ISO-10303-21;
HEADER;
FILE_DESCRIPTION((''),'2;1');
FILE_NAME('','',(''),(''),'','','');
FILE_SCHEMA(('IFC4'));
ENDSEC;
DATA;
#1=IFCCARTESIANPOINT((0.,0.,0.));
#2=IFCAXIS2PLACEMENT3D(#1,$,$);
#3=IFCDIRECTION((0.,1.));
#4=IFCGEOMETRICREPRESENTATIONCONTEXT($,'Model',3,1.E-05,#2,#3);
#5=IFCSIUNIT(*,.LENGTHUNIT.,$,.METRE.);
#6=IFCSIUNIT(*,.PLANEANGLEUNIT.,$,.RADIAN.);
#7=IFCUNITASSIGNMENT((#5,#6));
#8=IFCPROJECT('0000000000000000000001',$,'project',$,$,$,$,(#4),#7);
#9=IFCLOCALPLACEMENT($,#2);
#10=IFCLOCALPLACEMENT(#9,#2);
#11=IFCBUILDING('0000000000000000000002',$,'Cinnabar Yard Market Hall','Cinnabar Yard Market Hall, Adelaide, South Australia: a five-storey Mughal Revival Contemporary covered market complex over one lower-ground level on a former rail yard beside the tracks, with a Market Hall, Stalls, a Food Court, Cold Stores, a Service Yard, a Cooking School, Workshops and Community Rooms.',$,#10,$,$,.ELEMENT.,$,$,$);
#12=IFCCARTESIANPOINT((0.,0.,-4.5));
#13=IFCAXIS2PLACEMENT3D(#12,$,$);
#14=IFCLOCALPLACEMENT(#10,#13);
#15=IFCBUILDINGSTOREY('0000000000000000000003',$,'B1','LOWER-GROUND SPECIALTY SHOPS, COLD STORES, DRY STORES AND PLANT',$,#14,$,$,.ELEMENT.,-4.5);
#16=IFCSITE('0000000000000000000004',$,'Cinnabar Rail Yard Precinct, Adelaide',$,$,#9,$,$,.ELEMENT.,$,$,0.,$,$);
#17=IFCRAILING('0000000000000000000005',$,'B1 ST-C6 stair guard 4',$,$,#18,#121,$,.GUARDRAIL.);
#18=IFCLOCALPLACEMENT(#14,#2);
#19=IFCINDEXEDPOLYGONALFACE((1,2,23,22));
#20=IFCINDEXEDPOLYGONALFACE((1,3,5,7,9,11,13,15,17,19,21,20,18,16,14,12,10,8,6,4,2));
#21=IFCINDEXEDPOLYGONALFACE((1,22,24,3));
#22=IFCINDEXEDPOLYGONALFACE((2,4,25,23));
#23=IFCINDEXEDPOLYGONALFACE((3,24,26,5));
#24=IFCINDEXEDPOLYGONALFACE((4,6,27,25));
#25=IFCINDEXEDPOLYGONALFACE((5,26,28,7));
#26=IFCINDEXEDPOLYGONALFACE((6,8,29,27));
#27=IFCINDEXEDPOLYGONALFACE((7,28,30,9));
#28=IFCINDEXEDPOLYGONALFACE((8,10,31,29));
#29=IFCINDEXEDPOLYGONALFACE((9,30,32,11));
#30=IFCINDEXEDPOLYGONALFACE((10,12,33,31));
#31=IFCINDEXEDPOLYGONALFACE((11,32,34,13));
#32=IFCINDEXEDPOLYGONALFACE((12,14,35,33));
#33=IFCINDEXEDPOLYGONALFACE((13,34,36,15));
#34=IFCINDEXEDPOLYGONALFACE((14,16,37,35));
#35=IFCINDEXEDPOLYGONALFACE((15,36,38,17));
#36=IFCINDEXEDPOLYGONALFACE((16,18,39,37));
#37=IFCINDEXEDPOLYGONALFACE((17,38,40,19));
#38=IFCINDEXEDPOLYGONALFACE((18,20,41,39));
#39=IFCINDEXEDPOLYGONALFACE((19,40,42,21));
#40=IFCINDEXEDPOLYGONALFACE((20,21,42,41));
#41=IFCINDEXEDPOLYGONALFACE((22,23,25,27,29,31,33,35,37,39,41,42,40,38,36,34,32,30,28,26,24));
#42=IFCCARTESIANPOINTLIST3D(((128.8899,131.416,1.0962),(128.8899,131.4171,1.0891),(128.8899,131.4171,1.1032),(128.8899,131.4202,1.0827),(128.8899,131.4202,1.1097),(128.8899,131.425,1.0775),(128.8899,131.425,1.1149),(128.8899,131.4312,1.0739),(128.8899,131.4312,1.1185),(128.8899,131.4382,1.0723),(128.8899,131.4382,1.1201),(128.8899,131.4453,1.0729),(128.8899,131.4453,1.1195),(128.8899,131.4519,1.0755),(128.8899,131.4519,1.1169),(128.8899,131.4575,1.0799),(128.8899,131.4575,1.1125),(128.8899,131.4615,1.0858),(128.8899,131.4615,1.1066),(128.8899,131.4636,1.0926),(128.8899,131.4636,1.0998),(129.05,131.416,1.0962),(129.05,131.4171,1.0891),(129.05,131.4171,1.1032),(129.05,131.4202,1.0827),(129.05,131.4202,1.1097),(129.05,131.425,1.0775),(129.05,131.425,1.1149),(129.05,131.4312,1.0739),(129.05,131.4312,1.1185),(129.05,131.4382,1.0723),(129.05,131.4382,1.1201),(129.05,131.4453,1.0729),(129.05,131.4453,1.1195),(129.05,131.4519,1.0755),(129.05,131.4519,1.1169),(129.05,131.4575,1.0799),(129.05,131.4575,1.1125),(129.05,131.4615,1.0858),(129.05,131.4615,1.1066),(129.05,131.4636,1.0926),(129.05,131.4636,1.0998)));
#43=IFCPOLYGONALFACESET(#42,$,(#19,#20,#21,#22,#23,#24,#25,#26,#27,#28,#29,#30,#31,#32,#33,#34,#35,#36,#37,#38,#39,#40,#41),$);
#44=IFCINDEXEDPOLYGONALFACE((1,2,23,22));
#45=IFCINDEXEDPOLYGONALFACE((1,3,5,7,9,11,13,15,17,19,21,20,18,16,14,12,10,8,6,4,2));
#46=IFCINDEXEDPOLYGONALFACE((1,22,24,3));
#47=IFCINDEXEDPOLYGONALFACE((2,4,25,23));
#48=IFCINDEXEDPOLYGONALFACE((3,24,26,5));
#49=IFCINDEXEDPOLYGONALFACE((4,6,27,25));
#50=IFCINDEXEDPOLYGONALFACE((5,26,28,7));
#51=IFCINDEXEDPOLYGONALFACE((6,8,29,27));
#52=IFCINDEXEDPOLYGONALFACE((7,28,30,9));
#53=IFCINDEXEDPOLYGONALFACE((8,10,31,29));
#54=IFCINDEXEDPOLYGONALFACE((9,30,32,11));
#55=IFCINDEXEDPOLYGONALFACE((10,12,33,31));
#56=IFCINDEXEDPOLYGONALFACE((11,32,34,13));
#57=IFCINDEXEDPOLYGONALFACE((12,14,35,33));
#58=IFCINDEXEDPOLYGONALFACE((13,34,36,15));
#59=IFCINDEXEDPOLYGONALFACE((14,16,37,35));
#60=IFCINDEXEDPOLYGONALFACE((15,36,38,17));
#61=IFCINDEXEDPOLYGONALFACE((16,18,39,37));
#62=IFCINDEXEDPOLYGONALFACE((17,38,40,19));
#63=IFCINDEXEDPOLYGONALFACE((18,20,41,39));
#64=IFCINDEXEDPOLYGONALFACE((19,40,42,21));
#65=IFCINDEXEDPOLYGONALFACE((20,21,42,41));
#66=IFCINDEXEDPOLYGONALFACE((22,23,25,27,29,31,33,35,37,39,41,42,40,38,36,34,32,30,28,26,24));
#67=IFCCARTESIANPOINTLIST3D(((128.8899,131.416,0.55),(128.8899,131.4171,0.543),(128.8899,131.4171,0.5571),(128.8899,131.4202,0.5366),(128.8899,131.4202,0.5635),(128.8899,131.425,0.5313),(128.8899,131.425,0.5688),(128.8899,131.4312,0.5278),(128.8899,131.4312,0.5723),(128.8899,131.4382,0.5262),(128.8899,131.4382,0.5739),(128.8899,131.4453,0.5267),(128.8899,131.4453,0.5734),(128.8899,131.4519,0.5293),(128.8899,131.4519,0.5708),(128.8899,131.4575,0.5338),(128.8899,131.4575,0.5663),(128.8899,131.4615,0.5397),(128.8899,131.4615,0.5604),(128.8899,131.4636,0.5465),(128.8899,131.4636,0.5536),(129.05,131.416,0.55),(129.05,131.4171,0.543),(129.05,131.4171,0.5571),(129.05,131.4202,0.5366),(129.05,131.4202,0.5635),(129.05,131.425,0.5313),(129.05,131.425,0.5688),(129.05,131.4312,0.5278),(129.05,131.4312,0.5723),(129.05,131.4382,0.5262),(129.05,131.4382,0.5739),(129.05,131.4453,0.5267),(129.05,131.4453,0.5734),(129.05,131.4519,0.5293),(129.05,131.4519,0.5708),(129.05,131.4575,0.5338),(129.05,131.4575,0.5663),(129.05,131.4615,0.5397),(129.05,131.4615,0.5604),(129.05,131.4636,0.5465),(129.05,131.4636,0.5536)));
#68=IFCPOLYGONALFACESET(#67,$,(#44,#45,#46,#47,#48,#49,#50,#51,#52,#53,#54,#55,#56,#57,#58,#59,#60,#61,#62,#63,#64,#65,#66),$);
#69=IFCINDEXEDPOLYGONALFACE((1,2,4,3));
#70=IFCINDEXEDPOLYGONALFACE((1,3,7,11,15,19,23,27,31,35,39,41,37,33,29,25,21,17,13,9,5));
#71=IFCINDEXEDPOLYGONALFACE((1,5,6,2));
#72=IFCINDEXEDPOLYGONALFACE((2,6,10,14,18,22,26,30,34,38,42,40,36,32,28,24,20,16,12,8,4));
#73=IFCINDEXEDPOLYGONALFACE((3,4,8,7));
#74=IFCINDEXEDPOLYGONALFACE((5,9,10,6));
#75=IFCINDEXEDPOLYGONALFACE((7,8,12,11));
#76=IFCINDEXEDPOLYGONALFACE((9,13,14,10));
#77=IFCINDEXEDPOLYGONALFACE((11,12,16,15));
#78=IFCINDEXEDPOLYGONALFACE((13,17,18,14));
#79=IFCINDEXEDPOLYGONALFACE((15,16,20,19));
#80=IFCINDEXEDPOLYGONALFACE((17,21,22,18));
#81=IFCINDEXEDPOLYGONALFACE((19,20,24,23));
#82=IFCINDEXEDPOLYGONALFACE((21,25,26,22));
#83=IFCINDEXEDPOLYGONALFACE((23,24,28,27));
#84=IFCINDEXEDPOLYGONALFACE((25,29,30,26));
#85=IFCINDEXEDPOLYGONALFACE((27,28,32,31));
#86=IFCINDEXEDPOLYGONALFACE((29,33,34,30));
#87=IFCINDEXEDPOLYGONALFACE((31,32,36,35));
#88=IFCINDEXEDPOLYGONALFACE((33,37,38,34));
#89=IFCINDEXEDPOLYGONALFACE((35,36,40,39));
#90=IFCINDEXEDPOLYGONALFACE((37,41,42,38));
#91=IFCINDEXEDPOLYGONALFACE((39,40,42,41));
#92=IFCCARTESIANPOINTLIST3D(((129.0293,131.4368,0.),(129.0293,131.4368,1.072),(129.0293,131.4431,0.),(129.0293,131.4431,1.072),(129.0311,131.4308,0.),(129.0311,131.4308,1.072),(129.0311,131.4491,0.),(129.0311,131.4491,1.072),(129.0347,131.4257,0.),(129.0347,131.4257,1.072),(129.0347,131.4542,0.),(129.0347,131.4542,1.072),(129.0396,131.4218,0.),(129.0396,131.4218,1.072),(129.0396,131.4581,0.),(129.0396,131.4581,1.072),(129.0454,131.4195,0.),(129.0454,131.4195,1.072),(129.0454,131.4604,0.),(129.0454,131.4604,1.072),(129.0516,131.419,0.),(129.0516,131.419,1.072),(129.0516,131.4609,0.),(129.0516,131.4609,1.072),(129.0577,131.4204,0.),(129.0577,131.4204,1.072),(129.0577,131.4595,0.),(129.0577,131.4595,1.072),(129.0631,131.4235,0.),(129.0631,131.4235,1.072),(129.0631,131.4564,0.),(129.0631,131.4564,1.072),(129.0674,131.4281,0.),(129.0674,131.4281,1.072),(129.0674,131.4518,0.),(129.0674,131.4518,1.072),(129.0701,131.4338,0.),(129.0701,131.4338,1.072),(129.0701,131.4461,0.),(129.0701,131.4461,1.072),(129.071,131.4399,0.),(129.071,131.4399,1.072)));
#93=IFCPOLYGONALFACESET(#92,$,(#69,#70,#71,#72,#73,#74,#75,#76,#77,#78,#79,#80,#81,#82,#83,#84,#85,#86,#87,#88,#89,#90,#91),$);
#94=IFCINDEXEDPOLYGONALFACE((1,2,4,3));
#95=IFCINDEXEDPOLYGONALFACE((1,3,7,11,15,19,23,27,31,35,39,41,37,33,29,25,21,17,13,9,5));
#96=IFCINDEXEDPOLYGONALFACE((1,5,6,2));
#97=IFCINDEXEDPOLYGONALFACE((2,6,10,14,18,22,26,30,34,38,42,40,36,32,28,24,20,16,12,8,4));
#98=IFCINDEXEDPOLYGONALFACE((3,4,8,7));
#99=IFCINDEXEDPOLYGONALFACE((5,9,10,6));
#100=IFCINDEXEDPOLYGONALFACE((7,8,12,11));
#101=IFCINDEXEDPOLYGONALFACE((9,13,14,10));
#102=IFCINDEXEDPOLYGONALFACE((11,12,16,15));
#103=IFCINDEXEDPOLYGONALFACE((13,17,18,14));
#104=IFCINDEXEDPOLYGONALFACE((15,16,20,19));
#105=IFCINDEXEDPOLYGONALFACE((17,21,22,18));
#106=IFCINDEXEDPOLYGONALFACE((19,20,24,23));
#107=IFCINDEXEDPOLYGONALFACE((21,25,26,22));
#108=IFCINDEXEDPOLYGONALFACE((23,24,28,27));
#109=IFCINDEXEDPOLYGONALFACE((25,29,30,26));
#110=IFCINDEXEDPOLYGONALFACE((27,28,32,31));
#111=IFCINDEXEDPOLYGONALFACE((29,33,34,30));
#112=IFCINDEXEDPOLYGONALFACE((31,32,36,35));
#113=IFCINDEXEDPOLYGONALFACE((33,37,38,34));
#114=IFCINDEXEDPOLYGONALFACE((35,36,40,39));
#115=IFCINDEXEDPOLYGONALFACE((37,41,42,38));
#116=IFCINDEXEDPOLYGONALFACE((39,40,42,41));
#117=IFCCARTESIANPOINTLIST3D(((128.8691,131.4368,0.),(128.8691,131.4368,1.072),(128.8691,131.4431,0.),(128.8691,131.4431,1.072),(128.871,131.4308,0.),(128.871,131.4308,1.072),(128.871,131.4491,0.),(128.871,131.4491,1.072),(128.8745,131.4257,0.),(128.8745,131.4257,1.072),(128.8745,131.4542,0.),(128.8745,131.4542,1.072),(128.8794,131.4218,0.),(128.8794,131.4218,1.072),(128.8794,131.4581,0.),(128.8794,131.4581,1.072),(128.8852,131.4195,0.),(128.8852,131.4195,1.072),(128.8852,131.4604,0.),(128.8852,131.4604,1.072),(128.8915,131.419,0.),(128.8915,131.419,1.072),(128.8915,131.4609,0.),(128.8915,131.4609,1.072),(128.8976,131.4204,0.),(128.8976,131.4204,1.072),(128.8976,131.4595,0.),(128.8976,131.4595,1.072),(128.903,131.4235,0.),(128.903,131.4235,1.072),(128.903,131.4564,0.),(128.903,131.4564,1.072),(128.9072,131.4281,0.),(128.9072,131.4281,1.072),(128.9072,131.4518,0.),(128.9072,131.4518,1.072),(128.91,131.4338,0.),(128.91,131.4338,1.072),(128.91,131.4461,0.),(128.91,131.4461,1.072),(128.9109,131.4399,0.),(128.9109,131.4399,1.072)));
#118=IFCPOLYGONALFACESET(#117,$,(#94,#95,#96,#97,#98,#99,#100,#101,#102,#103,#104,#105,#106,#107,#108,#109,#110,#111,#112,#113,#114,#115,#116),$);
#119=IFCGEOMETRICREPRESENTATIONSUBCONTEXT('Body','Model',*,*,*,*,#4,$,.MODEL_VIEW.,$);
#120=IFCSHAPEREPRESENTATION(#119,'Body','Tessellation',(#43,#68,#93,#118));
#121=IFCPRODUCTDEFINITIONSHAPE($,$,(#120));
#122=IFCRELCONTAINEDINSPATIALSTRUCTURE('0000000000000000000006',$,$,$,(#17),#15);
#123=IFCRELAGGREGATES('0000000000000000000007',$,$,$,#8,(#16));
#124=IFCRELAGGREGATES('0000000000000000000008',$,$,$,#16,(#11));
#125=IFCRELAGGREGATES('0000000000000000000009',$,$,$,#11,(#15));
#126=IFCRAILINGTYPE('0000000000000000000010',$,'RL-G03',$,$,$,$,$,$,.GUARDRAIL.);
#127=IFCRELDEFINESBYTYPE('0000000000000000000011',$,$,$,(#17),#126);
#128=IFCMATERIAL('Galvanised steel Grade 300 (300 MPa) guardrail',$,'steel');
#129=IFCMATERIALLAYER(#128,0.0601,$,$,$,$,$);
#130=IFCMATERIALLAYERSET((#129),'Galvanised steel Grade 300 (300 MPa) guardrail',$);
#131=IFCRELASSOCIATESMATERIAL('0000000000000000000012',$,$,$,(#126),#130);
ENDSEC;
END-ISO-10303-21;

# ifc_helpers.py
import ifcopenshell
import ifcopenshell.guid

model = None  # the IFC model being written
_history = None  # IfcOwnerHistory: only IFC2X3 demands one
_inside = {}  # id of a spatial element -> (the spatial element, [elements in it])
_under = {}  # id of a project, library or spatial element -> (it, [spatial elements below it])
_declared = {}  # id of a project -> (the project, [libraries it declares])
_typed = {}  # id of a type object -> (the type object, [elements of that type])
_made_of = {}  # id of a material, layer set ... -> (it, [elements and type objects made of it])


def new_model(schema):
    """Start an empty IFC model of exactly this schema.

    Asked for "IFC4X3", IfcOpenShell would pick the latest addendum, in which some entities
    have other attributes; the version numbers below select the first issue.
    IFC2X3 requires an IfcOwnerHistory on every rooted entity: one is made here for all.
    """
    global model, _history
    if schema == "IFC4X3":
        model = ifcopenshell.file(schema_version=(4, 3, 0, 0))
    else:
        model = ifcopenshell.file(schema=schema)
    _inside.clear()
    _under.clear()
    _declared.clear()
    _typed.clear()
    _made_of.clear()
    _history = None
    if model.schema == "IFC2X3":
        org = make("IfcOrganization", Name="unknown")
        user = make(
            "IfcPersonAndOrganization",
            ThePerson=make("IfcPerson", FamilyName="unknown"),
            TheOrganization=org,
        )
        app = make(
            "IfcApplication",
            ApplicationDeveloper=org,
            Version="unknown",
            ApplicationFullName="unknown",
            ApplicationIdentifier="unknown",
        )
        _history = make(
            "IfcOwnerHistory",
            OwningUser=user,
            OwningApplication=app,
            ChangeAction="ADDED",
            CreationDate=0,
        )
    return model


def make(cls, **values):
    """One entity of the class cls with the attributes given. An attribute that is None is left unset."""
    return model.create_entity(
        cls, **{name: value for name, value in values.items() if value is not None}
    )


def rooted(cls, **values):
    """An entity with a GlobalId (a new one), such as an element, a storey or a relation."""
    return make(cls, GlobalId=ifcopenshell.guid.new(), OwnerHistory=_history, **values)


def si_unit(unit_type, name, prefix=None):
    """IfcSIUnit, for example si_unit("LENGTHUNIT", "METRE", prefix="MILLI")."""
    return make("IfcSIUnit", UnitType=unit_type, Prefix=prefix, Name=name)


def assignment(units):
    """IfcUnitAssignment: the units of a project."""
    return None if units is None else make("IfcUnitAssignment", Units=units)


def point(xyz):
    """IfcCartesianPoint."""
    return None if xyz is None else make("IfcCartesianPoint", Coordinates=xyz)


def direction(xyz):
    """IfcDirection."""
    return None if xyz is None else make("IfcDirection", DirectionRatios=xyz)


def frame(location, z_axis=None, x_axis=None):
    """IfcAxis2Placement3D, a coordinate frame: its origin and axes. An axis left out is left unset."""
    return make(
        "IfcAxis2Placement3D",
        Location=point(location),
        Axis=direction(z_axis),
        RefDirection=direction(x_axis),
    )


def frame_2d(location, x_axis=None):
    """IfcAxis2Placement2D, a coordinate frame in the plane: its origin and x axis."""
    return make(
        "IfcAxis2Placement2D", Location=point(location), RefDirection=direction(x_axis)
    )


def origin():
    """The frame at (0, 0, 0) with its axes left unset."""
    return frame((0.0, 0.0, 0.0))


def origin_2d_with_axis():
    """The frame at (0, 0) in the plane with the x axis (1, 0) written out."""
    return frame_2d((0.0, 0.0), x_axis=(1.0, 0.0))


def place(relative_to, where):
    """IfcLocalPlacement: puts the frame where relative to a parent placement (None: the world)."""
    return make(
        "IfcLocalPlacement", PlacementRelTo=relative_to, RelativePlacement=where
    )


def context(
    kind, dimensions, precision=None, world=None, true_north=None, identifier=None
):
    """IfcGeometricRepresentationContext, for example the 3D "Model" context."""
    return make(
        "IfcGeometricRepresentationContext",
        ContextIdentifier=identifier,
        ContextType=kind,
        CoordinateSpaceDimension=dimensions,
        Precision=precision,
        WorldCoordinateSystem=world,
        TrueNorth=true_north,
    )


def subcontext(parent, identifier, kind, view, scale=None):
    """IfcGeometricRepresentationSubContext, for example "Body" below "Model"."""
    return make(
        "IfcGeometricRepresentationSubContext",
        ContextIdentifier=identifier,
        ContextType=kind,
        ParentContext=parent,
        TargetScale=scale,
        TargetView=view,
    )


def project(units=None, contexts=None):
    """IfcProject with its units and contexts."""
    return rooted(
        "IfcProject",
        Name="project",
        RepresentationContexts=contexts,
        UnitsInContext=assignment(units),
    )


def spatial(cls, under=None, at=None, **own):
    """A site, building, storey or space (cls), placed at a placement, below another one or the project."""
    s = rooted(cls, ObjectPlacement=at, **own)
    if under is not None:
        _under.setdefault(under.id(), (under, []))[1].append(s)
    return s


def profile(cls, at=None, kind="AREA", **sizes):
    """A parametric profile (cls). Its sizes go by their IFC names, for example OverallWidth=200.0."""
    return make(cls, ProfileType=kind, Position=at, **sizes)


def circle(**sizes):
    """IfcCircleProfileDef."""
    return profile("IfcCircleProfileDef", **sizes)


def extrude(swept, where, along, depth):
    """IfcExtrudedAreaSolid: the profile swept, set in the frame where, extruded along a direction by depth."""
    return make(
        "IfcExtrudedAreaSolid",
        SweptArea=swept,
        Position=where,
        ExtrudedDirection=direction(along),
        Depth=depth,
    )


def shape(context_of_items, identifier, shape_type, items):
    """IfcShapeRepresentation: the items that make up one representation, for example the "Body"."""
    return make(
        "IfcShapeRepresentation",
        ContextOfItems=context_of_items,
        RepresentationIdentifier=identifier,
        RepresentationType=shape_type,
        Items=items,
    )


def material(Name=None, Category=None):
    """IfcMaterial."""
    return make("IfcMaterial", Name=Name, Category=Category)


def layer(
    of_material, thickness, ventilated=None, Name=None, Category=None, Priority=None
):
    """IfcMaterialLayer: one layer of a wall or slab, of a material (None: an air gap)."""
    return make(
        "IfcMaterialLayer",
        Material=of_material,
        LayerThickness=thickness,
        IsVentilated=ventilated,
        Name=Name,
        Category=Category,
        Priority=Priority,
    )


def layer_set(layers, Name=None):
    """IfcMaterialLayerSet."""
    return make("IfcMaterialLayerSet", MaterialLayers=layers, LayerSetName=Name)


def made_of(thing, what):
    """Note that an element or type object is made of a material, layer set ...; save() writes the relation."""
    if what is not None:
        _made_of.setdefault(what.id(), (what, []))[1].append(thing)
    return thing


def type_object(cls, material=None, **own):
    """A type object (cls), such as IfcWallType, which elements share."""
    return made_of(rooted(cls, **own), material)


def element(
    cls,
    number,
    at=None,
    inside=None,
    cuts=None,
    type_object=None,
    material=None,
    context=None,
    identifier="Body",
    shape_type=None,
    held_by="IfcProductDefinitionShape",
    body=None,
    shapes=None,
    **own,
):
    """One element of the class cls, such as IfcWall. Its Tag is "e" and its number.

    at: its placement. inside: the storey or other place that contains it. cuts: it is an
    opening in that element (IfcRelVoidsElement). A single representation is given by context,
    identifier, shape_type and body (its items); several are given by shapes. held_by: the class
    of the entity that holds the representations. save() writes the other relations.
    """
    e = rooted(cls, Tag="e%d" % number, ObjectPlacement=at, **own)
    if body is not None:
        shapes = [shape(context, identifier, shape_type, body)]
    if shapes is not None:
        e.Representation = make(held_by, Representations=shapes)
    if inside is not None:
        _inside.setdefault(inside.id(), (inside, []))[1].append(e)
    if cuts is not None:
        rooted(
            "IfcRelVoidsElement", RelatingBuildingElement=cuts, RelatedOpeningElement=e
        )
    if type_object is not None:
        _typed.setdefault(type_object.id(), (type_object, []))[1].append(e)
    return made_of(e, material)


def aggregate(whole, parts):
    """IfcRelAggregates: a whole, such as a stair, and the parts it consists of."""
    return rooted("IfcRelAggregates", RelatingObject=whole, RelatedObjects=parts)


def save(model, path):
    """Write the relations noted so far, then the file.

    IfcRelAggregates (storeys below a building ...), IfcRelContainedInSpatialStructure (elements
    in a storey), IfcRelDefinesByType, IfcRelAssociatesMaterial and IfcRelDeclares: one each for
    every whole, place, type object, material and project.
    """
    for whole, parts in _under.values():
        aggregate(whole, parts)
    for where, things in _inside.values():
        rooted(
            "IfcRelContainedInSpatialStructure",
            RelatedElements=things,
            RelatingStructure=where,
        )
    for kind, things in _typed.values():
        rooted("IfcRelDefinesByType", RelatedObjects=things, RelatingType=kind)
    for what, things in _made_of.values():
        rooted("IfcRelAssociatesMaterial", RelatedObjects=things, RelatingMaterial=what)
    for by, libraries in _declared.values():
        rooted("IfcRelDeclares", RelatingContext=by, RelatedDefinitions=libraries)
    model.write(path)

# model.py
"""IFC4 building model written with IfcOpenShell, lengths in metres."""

from ifc_helpers import new_model, si_unit, direction, frame, origin, origin_2d_with_axis, place, context, subcontext, project, spatial, circle, extrude, material, layer, layer_set, type_object, element, save


model = new_model("IFC4")

# Units and contexts
model_context = context("Model", 3, precision=1e-05, world=origin(), true_north=direction((0.0, 1.0)))
body_context = subcontext(model_context, "Body", "Model", "MODEL_VIEW")
ifc_project = project(units=[si_unit("LENGTHUNIT", "METRE"), si_unit("PLANEANGLEUNIT", "RADIAN")], contexts=[model_context])

# Site, building, storey
site_placement = place(None, origin())
site = spatial("IfcSite", under=ifc_project, at=site_placement, Name="Cinnabar Rail Yard Precinct, Adelaide", CompositionType="ELEMENT", RefElevation=0.0)
building_placement = place(site_placement, origin())
building = spatial("IfcBuilding", under=site, at=building_placement, Name="Cinnabar Yard Market Hall", Description="Cinnabar Yard Market Hall, Adelaide, South Australia: a five-storey Mughal Revival Contemporary covered market complex over one lower-ground level on a former rail yard beside the tracks, with a Market Hall, Stalls, a Food Court, Cold Stores, a Service Yard, a Cooking School, Workshops and Community Rooms.", CompositionType="ELEMENT")
storey_placement = place(building_placement, frame((0.0, 0.0, -4.5)))
storey = spatial("IfcBuildingStorey", under=building, at=storey_placement, Name="B1", Description="LOWER-GROUND SPECIALTY SHOPS, COLD STORES, DRY STORES AND PLANT", CompositionType="ELEMENT", Elevation=-4.5)

# Railing
ifc_material_1 = material(Name="Galvanised steel Grade 300 (300 MPa) guardrail", Category="steel")
ifc_layer_1 = layer(ifc_material_1, 0.0601)
ifc_layer_set_1 = layer_set([ifc_layer_1], Name="Galvanised steel Grade 300 (300 MPa) guardrail")
railing_type_1 = type_object("IfcRailingType", Name="RL-G03", PredefinedType="GUARDRAIL", material=ifc_layer_set_1)
railing_1_placement = place(storey_placement, frame((129.05, 131.4399, 0.0)))
element("IfcRailing", 1, at=railing_1_placement, inside=storey, type_object=railing_type_1, Name="B1 ST-C6 stair guard 4", PredefinedType="GUARDRAIL", context=body_context, shape_type="SweptSolid", body=[
    extrude(circle(Radius=0.0239, at=origin_2d_with_axis()), frame((0.0, 0.0, 1.0962), z_axis=(-1.0, 0.0, 0.0), x_axis=(0.0, -1.0, 0.0)), (0.0, 0.0, 1.0), 0.1602),
    extrude(circle(Radius=0.0239, at=origin_2d_with_axis()), frame((0.0, 0.0, 0.55), z_axis=(-1.0, 0.0, 0.0), x_axis=(0.0, -1.0, 0.0)), (0.0, 0.0, 1.0), 0.1602),
    extrude(circle(Radius=0.021, at=origin_2d_with_axis()), origin(), (0.0, 0.0, 1.0), 1.072),
    extrude(circle(Radius=0.021, at=origin_2d_with_axis()), frame((-0.1602, 0.0, 0.0)), (0.0, 0.0, 1.0), 1.072),
])

save(model, "model.ifc")
